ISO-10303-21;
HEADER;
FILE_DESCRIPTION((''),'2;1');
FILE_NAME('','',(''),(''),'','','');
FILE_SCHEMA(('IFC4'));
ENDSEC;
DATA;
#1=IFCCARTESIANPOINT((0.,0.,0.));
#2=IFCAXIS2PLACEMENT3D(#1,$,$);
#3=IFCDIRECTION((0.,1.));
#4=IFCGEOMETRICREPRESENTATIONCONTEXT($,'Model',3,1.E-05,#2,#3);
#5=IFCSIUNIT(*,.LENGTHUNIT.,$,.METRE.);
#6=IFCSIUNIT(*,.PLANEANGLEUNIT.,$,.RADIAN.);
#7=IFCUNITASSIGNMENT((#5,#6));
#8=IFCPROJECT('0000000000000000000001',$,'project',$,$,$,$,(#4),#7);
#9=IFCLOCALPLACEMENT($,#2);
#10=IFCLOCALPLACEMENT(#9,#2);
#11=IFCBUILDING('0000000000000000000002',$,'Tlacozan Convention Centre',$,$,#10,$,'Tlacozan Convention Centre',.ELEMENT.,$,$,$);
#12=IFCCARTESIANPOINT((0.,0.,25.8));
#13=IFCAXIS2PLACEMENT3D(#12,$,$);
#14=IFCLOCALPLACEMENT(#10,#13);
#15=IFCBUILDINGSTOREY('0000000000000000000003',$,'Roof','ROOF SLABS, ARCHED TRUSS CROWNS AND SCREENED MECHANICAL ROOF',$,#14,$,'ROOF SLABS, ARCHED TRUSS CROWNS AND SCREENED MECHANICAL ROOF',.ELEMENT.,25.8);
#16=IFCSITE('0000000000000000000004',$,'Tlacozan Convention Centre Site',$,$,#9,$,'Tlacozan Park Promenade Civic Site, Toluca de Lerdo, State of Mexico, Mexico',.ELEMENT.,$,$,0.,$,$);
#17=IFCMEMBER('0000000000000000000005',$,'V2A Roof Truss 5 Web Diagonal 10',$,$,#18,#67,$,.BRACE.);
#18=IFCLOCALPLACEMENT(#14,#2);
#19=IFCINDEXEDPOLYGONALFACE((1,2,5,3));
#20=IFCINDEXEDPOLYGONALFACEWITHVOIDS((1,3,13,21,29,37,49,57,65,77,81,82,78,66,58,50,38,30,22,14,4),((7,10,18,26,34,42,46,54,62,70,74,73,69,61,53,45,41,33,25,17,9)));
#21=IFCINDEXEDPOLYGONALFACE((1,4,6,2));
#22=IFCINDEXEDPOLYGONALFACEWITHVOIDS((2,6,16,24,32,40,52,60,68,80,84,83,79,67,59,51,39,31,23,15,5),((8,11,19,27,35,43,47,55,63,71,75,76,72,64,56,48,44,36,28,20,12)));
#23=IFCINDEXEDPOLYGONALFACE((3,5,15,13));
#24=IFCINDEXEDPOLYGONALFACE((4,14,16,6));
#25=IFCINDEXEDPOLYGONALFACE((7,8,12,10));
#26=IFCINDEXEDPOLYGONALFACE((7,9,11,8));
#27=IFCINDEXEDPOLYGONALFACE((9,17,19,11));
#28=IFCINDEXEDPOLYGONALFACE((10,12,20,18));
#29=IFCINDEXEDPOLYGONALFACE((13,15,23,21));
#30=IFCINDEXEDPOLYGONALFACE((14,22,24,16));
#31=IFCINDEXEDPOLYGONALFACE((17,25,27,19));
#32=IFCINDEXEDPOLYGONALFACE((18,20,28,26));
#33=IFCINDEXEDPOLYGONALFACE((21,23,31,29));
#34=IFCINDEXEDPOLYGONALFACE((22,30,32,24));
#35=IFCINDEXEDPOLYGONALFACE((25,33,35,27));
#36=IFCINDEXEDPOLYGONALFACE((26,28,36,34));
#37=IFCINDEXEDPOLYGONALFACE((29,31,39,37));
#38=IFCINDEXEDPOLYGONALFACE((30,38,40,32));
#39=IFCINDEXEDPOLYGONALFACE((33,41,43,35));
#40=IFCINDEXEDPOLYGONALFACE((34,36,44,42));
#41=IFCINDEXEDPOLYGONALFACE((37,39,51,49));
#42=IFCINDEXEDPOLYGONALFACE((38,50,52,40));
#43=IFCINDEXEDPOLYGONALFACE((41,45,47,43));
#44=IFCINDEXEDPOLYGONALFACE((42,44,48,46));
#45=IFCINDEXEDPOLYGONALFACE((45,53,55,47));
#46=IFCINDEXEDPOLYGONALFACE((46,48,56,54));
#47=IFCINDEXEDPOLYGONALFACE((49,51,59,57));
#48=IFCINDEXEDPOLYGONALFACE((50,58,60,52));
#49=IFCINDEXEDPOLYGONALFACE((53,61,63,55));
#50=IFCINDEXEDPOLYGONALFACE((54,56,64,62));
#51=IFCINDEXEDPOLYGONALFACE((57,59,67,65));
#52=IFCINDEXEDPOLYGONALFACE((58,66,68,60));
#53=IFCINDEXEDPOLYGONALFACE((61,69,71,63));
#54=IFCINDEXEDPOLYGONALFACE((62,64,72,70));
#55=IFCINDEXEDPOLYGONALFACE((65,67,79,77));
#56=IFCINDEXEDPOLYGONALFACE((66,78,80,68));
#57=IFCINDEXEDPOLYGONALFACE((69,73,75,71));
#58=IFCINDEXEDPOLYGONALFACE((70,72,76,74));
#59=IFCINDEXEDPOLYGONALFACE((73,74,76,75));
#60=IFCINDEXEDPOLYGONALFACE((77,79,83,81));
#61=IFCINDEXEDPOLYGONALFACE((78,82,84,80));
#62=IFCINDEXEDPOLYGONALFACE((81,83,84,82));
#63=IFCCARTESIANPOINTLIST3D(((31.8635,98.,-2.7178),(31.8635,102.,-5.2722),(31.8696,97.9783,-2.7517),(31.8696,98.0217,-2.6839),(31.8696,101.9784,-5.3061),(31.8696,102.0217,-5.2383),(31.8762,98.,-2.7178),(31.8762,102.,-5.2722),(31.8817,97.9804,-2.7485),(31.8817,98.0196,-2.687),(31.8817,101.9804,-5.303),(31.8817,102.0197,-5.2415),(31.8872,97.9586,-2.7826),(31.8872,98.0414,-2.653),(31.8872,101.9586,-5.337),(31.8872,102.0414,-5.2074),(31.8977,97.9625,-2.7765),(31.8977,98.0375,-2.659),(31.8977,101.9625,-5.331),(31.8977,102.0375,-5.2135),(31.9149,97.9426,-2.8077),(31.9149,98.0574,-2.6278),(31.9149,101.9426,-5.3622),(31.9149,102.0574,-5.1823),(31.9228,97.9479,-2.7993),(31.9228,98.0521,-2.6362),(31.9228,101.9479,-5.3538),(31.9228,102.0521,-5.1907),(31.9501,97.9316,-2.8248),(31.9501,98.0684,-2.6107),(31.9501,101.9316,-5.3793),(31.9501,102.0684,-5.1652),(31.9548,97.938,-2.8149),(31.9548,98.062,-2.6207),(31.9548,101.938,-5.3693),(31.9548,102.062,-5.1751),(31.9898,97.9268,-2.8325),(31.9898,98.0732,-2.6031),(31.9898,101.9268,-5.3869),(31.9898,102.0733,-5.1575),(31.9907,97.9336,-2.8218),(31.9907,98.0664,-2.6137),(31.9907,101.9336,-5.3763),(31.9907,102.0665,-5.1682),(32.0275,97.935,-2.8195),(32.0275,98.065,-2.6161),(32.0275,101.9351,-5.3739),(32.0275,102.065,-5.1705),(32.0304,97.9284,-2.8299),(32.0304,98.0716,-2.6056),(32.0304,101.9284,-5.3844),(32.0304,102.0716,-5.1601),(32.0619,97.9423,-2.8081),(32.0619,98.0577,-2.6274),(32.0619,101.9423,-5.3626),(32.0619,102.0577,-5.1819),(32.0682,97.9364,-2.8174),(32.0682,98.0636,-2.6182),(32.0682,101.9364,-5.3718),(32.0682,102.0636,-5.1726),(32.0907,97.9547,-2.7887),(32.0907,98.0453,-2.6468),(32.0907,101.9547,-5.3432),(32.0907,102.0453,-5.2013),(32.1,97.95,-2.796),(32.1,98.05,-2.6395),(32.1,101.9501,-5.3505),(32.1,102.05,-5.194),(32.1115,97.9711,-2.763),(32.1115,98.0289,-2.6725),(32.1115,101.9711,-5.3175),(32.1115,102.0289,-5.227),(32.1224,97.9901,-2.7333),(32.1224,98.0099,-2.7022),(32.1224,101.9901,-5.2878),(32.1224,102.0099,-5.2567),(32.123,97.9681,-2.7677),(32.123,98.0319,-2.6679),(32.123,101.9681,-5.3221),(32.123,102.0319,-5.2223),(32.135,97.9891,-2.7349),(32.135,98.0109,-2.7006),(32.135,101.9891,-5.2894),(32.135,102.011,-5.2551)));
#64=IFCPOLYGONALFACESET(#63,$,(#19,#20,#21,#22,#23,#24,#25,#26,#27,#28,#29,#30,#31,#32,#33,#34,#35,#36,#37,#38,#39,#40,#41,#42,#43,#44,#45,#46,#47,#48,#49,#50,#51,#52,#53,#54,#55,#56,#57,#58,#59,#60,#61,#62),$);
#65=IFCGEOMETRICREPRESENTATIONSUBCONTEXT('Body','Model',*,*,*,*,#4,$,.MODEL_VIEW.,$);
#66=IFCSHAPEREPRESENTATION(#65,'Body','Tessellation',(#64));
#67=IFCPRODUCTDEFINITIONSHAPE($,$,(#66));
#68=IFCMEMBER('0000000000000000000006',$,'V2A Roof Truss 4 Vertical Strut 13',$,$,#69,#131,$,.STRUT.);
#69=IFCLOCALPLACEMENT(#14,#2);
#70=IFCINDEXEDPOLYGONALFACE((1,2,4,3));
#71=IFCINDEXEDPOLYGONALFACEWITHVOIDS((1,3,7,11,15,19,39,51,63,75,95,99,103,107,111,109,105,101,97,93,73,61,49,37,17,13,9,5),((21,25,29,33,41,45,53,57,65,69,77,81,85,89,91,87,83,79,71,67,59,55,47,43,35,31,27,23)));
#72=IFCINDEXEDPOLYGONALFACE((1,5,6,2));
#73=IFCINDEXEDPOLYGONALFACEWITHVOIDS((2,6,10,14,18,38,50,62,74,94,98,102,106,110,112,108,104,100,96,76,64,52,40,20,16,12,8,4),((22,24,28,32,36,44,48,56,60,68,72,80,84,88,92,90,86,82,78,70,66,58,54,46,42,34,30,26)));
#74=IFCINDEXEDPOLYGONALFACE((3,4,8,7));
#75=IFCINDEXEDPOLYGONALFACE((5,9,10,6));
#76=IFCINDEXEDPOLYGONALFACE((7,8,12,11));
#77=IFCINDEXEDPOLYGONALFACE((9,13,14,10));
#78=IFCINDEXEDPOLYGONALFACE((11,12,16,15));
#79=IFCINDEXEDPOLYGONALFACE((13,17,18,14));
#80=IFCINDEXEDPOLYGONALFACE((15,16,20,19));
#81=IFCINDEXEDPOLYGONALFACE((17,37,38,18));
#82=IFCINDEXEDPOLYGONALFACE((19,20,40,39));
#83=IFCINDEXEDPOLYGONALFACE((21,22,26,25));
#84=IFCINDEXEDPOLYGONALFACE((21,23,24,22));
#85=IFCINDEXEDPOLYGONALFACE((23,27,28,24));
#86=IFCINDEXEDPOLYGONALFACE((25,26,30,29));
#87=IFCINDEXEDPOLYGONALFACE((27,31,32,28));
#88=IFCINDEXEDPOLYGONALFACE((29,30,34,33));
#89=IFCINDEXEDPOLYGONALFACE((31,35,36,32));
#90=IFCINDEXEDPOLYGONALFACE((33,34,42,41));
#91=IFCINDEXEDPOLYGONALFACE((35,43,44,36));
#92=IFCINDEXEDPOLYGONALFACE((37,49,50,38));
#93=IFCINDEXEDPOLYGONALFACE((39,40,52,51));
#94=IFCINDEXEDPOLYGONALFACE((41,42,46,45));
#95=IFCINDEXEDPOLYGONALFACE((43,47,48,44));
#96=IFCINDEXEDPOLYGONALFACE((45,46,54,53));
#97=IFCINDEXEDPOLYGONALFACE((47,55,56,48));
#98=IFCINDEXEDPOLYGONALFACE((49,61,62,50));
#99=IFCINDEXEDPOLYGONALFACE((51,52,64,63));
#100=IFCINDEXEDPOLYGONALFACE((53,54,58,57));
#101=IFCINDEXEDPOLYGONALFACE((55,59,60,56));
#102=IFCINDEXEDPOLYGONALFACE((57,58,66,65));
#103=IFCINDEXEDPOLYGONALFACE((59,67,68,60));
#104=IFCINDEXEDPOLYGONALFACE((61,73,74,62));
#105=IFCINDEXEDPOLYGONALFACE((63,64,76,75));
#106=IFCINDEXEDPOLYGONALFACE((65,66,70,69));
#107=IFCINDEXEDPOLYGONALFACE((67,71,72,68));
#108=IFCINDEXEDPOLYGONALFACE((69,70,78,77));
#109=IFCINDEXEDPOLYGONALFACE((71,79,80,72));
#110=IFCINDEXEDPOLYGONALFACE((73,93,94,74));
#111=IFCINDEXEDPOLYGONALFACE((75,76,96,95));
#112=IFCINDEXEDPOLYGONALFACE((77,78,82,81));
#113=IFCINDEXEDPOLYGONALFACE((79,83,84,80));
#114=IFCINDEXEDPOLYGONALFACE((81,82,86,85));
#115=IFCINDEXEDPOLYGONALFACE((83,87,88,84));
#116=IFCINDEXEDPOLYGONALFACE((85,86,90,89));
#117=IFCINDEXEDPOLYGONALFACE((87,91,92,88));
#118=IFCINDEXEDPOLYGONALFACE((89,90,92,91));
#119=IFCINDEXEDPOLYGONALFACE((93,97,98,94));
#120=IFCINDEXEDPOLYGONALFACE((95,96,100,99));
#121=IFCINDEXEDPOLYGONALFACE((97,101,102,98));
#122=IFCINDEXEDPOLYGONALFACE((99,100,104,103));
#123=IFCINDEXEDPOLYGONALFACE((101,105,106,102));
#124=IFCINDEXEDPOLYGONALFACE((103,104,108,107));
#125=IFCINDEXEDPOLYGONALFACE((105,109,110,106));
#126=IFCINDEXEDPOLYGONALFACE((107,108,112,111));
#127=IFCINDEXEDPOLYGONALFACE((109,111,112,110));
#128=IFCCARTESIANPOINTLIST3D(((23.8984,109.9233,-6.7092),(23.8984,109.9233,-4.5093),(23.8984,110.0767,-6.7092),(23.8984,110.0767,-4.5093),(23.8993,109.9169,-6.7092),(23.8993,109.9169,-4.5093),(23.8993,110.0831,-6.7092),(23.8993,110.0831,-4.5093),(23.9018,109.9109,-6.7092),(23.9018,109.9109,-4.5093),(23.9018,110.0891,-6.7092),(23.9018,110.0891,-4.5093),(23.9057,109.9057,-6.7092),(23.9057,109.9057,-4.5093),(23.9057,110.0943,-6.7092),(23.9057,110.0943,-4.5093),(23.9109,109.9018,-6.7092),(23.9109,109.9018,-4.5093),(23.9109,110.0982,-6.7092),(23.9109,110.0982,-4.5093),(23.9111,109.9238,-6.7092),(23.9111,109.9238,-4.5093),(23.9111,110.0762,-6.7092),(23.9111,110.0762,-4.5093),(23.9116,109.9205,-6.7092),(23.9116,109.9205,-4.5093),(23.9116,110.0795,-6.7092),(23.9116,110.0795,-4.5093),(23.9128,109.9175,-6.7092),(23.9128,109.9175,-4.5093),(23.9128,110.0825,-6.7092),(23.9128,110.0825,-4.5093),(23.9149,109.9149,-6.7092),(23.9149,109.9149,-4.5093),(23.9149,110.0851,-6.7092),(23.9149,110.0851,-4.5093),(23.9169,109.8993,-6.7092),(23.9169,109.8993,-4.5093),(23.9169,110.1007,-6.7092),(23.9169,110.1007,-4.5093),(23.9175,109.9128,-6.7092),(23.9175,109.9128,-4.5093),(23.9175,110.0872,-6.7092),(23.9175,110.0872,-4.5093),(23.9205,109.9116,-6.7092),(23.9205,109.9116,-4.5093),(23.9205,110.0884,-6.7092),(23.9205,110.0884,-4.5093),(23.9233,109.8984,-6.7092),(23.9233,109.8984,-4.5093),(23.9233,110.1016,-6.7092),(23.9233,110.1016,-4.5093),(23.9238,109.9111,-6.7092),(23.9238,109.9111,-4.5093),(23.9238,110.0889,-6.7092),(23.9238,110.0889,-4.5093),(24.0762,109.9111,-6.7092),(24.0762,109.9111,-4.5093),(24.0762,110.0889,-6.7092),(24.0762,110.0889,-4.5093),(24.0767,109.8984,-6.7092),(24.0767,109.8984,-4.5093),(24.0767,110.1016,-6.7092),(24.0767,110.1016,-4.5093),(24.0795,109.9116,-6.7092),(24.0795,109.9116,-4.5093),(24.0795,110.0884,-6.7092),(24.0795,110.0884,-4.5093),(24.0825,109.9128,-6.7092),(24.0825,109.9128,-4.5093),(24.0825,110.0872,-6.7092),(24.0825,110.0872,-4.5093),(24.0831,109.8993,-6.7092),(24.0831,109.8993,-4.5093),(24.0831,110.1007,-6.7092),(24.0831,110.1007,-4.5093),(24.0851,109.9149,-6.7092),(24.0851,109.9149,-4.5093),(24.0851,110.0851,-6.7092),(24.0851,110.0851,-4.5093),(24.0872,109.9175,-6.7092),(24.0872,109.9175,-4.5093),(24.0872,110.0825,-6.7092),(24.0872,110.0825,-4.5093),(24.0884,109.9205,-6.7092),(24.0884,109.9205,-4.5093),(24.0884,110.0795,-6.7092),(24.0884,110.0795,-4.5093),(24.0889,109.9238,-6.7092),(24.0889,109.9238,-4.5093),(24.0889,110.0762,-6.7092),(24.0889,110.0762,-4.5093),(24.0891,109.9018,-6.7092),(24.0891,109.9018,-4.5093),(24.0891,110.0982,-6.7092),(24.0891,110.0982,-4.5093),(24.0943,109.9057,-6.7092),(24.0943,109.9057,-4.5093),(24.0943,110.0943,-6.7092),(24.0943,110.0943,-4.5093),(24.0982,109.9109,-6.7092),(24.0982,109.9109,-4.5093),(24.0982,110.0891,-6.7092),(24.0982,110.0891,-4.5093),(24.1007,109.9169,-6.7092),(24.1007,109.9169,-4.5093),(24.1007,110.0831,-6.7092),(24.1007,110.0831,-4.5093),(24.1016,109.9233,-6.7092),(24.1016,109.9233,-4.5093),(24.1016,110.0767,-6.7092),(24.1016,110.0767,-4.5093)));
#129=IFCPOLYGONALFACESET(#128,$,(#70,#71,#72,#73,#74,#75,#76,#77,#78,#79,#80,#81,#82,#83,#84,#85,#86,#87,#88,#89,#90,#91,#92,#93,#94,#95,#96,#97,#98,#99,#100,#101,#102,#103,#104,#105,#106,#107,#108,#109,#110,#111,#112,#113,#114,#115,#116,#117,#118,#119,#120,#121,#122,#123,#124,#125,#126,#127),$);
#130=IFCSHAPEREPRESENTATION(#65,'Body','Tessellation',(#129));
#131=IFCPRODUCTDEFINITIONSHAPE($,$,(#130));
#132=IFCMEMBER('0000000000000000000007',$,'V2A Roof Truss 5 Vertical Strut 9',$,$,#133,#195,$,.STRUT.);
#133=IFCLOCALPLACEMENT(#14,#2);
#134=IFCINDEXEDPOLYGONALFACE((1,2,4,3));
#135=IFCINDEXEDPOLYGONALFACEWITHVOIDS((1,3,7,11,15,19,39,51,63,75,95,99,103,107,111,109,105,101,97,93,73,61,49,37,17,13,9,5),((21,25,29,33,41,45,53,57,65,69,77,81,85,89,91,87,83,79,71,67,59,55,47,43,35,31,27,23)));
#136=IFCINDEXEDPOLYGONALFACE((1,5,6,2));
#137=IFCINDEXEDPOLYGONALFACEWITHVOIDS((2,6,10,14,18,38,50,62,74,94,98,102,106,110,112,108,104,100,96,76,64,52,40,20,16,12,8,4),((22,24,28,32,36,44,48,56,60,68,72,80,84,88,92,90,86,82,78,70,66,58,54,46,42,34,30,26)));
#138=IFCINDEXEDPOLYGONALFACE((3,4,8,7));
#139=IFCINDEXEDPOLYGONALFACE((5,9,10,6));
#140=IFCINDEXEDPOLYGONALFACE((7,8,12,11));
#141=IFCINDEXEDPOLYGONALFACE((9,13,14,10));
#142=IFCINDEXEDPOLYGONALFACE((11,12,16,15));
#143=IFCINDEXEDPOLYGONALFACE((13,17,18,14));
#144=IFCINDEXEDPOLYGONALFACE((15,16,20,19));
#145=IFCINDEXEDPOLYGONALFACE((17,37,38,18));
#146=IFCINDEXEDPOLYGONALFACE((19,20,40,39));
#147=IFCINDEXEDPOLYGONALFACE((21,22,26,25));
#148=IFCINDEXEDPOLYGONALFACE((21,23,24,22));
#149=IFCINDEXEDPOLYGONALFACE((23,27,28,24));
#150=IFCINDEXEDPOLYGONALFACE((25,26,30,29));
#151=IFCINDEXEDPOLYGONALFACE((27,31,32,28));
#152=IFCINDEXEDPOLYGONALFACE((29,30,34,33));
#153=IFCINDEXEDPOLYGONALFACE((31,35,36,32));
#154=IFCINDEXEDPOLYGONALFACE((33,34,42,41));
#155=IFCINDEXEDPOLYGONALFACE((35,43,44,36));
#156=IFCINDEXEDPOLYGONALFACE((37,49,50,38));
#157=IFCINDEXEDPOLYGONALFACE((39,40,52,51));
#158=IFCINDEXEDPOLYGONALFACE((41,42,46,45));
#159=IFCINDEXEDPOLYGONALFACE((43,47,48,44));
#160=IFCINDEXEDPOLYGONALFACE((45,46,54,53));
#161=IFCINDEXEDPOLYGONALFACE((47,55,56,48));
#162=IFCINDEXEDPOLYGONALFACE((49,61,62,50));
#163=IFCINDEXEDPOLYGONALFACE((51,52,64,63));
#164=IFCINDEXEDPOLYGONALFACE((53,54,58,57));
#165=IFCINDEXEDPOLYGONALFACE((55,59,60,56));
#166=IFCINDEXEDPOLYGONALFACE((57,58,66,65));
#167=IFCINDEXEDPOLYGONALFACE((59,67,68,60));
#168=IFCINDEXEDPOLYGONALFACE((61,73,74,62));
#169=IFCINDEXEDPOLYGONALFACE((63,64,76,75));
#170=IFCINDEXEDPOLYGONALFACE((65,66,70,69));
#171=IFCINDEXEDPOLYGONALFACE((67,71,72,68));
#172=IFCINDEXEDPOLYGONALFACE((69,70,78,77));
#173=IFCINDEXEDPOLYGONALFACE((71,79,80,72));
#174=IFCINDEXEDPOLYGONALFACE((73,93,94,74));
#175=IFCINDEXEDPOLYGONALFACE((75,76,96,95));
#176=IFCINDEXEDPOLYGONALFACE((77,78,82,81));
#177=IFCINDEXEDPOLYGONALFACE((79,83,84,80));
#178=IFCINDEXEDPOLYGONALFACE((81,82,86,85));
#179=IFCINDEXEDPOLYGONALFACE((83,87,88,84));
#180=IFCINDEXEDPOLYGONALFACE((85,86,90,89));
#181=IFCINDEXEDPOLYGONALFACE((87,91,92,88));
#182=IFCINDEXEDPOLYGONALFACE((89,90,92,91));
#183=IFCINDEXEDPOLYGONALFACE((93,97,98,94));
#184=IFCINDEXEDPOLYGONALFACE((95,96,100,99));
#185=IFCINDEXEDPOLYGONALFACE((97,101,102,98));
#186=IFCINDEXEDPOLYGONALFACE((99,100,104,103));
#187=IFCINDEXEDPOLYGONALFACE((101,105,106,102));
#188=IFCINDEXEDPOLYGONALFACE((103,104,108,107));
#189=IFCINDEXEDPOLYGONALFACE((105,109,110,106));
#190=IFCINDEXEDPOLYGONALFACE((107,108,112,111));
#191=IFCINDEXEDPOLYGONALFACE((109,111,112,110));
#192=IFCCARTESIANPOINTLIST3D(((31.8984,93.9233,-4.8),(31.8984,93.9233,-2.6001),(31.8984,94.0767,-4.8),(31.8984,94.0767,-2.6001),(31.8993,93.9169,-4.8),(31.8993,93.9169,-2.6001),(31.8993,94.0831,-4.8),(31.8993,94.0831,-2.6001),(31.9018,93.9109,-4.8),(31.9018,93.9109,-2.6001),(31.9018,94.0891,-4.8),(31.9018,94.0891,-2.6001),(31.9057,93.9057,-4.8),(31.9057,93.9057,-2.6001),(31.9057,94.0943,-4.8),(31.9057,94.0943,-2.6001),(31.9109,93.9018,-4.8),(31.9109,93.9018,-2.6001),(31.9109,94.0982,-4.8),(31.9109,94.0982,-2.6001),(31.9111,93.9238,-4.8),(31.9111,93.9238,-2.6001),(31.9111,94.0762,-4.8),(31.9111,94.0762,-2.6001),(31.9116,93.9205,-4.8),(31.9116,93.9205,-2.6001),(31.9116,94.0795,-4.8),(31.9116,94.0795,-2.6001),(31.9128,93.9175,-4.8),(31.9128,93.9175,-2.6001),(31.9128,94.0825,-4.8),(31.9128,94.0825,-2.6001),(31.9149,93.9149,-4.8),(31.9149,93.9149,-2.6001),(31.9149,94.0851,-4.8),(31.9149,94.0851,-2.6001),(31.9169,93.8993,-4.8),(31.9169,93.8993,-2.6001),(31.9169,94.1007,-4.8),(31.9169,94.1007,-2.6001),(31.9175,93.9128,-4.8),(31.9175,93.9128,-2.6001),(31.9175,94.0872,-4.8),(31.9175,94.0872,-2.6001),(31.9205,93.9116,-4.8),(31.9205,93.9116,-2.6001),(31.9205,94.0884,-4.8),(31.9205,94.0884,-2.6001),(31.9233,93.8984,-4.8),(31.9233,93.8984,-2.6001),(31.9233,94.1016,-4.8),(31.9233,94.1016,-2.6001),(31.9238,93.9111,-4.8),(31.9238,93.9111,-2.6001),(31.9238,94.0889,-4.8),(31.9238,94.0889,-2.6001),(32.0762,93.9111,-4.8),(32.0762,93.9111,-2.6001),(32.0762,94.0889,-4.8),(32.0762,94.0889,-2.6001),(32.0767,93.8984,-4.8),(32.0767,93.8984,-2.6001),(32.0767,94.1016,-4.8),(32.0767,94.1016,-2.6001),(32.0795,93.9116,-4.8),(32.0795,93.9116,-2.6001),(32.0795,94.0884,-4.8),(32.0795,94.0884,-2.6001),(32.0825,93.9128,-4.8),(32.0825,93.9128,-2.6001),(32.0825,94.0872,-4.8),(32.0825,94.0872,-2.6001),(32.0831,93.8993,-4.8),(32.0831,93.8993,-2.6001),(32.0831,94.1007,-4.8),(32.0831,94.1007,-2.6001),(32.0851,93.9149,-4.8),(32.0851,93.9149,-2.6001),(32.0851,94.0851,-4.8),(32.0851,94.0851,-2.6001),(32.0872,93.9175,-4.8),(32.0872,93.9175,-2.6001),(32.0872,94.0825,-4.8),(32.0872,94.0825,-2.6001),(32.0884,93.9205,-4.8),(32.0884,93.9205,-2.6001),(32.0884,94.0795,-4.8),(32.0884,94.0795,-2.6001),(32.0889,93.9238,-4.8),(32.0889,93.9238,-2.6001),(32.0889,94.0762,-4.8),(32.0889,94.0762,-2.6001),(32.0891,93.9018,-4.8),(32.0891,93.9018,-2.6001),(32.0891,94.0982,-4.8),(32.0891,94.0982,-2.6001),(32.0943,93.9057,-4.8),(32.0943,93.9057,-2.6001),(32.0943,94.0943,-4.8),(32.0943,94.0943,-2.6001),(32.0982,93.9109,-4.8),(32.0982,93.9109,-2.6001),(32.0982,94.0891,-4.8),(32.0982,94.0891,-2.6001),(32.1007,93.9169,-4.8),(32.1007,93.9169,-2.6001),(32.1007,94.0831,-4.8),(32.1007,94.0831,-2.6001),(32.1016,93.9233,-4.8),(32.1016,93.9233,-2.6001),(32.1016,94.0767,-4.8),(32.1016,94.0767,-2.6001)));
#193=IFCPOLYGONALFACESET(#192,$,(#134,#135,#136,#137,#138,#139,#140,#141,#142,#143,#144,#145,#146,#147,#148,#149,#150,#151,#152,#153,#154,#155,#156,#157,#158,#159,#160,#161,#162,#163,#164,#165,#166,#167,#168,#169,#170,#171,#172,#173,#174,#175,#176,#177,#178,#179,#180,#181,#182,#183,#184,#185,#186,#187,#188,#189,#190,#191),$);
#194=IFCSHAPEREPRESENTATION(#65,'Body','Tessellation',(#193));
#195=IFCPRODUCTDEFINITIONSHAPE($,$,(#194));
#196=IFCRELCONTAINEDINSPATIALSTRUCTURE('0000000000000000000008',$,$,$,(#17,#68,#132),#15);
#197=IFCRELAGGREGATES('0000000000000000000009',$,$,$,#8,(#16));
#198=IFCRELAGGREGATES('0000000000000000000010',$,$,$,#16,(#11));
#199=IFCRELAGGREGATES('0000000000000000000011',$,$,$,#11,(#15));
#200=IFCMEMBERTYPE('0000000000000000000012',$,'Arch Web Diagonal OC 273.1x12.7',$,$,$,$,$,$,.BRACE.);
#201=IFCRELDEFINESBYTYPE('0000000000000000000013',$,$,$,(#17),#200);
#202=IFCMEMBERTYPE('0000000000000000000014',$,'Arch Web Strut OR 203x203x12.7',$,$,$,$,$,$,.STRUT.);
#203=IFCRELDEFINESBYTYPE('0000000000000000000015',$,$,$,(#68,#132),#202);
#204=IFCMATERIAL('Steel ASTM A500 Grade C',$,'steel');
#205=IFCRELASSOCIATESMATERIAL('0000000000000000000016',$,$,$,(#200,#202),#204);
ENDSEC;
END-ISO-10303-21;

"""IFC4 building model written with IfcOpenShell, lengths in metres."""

from ifc_helpers import new_model, si_unit, direction, frame, origin, origin_2d, place, context, subcontext, project, spatial, hollow_rectangle, hollow_circle, extrude, material, material_profile, profile_set, type_object, element, save


model = new_model("IFC4")

# Units and contexts
model_context = context("Model", 3, precision=1e-05, world=origin(), true_north=direction((0.0, 1.0)))
body_context = subcontext(model_context, "Body", "Model", "MODEL_VIEW")
ifc_project = project(units=[si_unit("LENGTHUNIT", "METRE"), si_unit("PLANEANGLEUNIT", "RADIAN")], contexts=[model_context])

# Site, building, storey
site_placement = place(None, origin())
site = spatial("IfcSite", under=ifc_project, at=site_placement, Name="Tlacozan Convention Centre Site", LongName="Tlacozan Park Promenade Civic Site, Toluca de Lerdo, State of Mexico, Mexico", CompositionType="ELEMENT", RefElevation=0.0)
building_placement = place(site_placement, origin())
building = spatial("IfcBuilding", under=site, at=building_placement, Name="Tlacozan Convention Centre", LongName="Tlacozan Convention Centre", CompositionType="ELEMENT")
storey_placement = place(building_placement, frame((0.0, 0.0, 25.8)))
storey = spatial("IfcBuildingStorey", under=building, at=storey_placement, Name="Roof", Description="ROOF SLABS, ARCHED TRUSS CROWNS AND SCREENED MECHANICAL ROOF", LongName="ROOF SLABS, ARCHED TRUSS CROWNS AND SCREENED MECHANICAL ROOF", CompositionType="ELEMENT", Elevation=25.8)

# Members
ifc_material_1 = material(Name="Steel ASTM A500 Grade C", Category="steel")
ifc_material_profile_1 = material_profile(ifc_material_1, hollow_circle(Radius=0.1365, WallThickness=0.0127, at=origin_2d()), Name="OC 273.1x12.7")
ifc_profile_set_1 = profile_set([ifc_material_profile_1], Name="Steel ASTM A500 Grade C")
member_type_1 = type_object("IfcMemberType", Name="Arch Web Diagonal OC 273.1x12.7", PredefinedType="BRACE", material=ifc_profile_set_1)
member_1_placement = place(storey_placement, frame((32.0, 98.0, -2.7178), z_axis=(0.0, 0.842803, -0.538223), x_axis=(-1.0, 0.0, 0.0)))
element("IfcMember", 1, at=member_1_placement, inside=storey, type_object=member_type_1, Name="V2A Roof Truss 5 Web Diagonal 10", PredefinedType="BRACE", context=body_context, shape_type="SweptSolid", body=[
    extrude(hollow_circle(Radius=0.1365, WallThickness=0.0127, at=origin_2d()), origin(), (0.0, 0.0, 1.0), 4.7461),
])
ifc_material_profile_2 = material_profile(ifc_material_1, hollow_rectangle(XDim=0.2031, YDim=0.2031, WallThickness=0.0127, InnerFilletRadius=0.0127, OuterFilletRadius=0.0249, at=origin_2d()), Name="OR 203x203x12.7")
ifc_profile_set_2 = profile_set([ifc_material_profile_2], Name="Steel ASTM A500 Grade C")
member_type_2 = type_object("IfcMemberType", Name="Arch Web Strut OR 203x203x12.7", PredefinedType="STRUT", material=ifc_profile_set_2)
for number, where, z_axis, x_axis, name in (
    (2, (24.0, 110.0, -6.7092), (0.0, 0.0, 1.0), (1.0, 0.0, 0.0), "V2A Roof Truss 4 Vertical Strut 13"),
    (3, (32.0, 94.0, -4.8), (0.0, 0.0, 1.0), (1.0, 0.0, 0.0), "V2A Roof Truss 5 Vertical Strut 9"),
):
    element("IfcMember", number, at=place(storey_placement, frame(where, z_axis=z_axis, x_axis=x_axis)), inside=storey, type_object=member_type_2, Name=name, PredefinedType="STRUT", context=body_context, shape_type="SweptSolid", body=[
        extrude(hollow_rectangle(XDim=0.2031, YDim=0.2031, WallThickness=0.0127, InnerFilletRadius=0.0127, OuterFilletRadius=0.0249, at=origin_2d()), origin(), (0.0, 0.0, 1.0), 2.2),
    ])

save(model, "model.ifc")
